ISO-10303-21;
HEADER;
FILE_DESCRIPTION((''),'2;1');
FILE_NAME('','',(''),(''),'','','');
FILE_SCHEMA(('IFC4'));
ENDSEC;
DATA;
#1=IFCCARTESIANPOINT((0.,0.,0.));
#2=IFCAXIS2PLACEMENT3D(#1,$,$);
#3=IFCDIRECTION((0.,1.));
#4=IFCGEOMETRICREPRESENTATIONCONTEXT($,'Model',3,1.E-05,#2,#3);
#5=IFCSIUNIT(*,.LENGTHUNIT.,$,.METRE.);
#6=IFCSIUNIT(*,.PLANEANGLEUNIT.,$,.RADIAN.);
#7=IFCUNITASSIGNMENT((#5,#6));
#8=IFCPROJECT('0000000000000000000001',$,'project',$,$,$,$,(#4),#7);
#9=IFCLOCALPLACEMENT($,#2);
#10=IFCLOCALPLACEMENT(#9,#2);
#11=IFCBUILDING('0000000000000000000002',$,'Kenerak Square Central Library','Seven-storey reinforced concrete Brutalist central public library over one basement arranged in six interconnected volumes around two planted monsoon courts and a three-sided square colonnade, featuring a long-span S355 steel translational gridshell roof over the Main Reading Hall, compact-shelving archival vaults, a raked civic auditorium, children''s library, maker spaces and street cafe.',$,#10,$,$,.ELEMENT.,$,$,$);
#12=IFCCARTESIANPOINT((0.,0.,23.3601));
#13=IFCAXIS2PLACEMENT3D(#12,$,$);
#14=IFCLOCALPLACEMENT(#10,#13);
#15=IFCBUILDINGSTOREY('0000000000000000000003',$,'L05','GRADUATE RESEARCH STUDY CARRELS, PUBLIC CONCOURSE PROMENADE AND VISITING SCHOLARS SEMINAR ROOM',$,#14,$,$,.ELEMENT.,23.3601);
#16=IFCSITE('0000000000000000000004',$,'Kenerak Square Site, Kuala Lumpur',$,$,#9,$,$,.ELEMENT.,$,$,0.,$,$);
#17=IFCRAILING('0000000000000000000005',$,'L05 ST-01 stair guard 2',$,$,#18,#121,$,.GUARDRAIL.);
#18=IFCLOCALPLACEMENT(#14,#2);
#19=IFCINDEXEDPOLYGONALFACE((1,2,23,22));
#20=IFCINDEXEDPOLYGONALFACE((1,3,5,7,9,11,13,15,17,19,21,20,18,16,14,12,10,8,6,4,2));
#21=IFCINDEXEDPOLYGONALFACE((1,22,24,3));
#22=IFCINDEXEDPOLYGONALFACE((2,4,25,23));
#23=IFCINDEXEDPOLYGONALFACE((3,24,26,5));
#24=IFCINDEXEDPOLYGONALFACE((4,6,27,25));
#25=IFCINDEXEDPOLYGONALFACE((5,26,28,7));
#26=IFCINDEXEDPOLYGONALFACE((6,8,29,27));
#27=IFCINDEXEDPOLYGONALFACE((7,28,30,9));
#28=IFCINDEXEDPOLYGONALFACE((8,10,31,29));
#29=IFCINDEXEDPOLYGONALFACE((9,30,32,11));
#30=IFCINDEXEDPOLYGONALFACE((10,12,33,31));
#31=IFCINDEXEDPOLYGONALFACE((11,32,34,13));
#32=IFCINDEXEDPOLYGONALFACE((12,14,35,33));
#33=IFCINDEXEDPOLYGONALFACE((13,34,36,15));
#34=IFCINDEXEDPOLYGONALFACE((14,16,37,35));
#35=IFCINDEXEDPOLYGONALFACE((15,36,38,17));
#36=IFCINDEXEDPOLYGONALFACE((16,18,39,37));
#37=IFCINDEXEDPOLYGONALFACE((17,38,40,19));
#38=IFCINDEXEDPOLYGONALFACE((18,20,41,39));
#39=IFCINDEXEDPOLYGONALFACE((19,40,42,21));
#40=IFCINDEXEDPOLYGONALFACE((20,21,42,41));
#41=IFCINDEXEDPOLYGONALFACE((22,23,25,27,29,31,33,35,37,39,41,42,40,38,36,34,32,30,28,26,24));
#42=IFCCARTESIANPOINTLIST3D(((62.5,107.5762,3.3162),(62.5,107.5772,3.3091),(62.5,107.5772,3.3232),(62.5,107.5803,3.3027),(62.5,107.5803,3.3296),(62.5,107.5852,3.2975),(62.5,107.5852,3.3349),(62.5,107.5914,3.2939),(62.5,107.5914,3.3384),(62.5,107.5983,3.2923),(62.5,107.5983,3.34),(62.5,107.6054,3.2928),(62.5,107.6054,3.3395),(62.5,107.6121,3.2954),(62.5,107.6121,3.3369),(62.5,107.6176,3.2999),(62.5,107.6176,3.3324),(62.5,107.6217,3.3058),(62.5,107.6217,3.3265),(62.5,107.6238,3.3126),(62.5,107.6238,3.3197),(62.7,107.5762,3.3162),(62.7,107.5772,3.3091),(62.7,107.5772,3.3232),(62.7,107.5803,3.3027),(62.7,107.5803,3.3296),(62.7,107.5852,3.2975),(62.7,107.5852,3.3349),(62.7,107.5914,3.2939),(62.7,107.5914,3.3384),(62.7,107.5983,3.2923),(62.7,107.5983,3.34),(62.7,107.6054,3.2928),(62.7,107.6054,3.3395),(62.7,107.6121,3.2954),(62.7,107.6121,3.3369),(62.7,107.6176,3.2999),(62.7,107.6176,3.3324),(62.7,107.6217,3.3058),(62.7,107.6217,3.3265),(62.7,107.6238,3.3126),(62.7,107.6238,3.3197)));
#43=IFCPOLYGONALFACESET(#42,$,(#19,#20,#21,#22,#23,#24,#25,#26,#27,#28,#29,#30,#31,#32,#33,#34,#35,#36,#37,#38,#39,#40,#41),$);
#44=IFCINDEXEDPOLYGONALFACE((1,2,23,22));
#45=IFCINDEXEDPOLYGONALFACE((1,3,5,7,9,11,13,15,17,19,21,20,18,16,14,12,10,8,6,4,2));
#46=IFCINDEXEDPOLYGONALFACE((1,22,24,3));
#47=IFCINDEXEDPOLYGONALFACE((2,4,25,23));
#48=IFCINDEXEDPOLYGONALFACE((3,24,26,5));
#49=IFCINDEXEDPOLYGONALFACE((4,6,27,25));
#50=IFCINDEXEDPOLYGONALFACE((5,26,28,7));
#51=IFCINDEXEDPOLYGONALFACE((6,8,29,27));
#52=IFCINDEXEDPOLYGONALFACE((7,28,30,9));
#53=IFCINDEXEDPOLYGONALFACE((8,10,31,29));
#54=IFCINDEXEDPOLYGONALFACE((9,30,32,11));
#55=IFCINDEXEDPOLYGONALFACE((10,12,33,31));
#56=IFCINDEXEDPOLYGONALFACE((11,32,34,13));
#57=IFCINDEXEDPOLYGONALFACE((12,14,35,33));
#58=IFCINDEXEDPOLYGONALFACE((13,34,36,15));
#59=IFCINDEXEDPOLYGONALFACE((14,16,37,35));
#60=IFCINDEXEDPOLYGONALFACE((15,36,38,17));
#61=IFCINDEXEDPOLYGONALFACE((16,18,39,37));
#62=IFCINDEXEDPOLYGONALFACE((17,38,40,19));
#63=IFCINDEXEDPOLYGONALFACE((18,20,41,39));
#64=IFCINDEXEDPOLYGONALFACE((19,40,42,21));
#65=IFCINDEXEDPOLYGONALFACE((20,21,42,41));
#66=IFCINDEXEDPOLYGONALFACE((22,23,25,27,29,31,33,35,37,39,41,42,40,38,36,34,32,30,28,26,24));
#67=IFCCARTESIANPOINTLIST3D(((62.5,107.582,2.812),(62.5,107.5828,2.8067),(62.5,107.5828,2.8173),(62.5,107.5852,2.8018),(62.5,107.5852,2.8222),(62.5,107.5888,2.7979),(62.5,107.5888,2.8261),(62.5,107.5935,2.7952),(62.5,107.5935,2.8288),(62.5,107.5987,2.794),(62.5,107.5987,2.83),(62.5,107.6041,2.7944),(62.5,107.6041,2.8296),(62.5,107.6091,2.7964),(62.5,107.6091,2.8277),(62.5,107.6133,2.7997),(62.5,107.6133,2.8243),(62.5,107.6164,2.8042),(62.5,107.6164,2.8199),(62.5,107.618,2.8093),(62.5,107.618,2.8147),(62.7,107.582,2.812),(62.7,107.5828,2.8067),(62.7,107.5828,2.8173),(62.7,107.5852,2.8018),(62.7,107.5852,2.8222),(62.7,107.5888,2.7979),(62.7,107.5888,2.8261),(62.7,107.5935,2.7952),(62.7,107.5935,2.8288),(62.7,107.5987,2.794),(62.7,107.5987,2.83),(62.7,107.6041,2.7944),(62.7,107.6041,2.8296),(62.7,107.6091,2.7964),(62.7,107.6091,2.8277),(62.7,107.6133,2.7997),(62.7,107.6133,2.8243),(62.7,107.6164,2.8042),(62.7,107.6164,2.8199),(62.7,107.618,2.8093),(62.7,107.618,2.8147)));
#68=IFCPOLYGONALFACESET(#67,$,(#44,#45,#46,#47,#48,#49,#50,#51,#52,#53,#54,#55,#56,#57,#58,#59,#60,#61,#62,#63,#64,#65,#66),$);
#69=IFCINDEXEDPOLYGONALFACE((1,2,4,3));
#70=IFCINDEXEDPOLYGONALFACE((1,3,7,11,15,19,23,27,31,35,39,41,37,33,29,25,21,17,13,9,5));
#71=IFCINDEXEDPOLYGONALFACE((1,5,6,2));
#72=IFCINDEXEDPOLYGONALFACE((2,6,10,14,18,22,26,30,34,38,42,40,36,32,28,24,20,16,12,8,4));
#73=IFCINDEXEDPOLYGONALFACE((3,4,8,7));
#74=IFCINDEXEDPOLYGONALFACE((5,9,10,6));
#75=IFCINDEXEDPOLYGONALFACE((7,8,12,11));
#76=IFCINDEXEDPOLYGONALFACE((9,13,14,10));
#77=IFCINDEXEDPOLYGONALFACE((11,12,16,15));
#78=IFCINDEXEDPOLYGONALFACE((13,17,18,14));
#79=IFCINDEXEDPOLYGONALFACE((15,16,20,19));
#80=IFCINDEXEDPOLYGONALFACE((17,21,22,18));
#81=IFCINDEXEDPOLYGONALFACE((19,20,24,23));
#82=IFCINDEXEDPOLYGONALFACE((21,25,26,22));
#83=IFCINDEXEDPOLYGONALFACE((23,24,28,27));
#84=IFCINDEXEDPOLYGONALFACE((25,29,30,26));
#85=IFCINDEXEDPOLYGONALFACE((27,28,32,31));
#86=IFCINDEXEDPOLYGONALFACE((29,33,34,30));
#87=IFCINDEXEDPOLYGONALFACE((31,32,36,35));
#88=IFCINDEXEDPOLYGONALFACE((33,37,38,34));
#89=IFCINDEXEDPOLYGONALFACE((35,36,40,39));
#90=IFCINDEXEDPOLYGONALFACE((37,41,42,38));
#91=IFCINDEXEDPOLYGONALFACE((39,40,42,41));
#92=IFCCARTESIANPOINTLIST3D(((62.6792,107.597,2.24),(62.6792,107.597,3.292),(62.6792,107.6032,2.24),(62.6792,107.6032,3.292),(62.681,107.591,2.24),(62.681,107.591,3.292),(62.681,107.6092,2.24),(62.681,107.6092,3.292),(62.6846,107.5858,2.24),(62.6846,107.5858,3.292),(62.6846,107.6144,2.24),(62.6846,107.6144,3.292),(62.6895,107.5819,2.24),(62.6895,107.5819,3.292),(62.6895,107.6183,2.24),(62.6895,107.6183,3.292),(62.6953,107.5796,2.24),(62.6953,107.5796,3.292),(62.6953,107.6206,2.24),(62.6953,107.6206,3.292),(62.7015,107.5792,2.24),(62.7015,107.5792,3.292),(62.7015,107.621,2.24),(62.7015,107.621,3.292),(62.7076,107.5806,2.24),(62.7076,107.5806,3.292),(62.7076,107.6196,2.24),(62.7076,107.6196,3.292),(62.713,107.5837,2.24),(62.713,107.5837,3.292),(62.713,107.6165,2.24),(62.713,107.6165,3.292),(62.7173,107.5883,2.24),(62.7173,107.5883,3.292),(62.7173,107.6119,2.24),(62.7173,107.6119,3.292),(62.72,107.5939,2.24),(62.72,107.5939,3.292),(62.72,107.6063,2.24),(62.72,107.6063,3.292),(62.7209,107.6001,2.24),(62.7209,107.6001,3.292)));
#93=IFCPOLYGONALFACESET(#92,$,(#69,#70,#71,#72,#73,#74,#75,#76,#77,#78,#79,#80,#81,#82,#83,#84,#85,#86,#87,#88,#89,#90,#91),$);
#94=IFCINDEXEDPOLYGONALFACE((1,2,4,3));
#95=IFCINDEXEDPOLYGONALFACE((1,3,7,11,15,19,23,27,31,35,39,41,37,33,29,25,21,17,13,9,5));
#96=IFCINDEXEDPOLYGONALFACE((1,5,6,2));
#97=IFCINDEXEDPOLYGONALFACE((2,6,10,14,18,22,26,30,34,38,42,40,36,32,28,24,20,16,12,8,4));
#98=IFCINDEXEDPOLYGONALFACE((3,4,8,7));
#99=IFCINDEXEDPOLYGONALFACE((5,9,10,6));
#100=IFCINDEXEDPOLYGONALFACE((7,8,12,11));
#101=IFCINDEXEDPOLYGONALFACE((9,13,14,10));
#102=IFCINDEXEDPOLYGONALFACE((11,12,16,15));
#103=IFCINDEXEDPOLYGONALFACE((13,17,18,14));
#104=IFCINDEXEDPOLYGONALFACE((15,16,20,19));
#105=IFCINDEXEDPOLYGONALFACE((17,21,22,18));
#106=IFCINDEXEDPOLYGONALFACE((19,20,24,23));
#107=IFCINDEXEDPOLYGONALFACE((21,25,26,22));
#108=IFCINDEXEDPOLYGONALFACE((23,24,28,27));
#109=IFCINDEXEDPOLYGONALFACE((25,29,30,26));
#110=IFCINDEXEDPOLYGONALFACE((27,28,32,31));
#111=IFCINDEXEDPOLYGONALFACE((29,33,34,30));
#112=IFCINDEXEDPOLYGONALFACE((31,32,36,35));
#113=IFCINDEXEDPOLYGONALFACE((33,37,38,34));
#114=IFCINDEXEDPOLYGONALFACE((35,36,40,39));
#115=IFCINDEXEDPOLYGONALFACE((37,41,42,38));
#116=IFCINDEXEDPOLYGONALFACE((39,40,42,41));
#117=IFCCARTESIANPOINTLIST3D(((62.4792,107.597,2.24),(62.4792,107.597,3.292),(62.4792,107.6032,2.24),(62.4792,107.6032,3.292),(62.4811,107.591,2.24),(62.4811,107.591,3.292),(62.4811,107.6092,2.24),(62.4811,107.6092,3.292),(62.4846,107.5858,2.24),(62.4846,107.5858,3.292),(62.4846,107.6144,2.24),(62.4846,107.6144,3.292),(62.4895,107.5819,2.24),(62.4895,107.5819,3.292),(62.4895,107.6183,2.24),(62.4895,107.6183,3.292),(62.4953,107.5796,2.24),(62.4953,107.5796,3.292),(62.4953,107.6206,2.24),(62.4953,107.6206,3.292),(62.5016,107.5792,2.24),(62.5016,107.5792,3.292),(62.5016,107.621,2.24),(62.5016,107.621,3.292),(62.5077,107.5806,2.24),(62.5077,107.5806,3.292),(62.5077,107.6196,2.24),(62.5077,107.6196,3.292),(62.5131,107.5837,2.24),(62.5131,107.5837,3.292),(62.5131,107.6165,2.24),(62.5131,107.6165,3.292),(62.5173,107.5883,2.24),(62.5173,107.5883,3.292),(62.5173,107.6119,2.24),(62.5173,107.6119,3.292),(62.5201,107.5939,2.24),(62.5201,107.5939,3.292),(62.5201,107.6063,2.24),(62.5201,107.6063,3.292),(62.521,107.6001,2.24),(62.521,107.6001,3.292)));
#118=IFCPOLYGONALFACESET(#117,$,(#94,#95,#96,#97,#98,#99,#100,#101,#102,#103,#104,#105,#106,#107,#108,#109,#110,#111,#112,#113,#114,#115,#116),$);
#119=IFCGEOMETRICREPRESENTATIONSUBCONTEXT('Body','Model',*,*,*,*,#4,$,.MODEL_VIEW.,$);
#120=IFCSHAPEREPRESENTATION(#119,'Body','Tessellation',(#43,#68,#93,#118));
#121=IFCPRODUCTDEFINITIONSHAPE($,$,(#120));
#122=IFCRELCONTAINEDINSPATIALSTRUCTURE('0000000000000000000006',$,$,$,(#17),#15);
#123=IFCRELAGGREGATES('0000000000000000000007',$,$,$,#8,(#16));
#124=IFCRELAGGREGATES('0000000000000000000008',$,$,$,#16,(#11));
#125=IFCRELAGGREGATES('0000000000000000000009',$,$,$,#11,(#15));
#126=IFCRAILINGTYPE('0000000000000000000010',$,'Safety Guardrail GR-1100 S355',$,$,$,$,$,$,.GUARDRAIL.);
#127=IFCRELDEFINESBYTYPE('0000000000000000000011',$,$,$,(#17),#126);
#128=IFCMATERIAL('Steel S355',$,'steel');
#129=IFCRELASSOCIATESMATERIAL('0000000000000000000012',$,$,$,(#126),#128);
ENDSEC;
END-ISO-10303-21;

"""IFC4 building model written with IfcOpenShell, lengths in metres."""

from ifc_helpers import new_model, si_unit, direction, frame, origin, origin_2d, place, context, subcontext, project, spatial, circle, extrude, material, type_object, element, save


model = new_model("IFC4")

# Units and contexts
model_context = context("Model", 3, precision=1e-05, world=origin(), true_north=direction((0.0, 1.0)))
body_context = subcontext(model_context, "Body", "Model", "MODEL_VIEW")
ifc_project = project(units=[si_unit("LENGTHUNIT", "METRE"), si_unit("PLANEANGLEUNIT", "RADIAN")], contexts=[model_context])

# Site, building, storey
site_placement = place(None, origin())
site = spatial("IfcSite", under=ifc_project, at=site_placement, Name="Kenerak Square Site, Kuala Lumpur", CompositionType="ELEMENT", RefElevation=0.0)
building_placement = place(site_placement, origin())
building = spatial("IfcBuilding", under=site, at=building_placement, Name="Kenerak Square Central Library", Description="Seven-storey reinforced concrete Brutalist central public library over one basement arranged in six interconnected volumes around two planted monsoon courts and a three-sided square colonnade, featuring a long-span S355 steel translational gridshell roof over the Main Reading Hall, compact-shelving archival vaults, a raked civic auditorium, children's library, maker spaces and street cafe.", CompositionType="ELEMENT")
storey_placement = place(building_placement, frame((0.0, 0.0, 23.3601)))
storey = spatial("IfcBuildingStorey", under=building, at=storey_placement, Name="L05", Description="GRADUATE RESEARCH STUDY CARRELS, PUBLIC CONCOURSE PROMENADE AND VISITING SCHOLARS SEMINAR ROOM", CompositionType="ELEMENT", Elevation=23.3601)

# Shared definitions
ifc_material_1 = material(Name="Steel S355", Category="steel")

# Railing
railing_type_1 = type_object("IfcRailingType", Name="Safety Guardrail GR-1100 S355", PredefinedType="GUARDRAIL", material=ifc_material_1)
railing_1_placement = place(storey_placement, frame((62.7, 107.6001, 2.24)))
element("IfcRailing", 1, at=railing_1_placement, inside=storey, type_object=railing_type_1, Name="L05 ST-01 stair guard 2", PredefinedType="GUARDRAIL", context=body_context, shape_type="SweptSolid", body=[
    extrude(circle(Radius=0.0239, at=origin_2d()), frame((0.0, 0.0, 1.0762), z_axis=(-1.0, 0.0, 0.0), x_axis=(0.0, -1.0, 0.0)), (0.0, 0.0, 1.0), 0.2),
    extrude(circle(Radius=0.0181, at=origin_2d()), frame((0.0, 0.0, 0.572), z_axis=(-1.0, 0.0, 0.0), x_axis=(0.0, -1.0, 0.0)), (0.0, 0.0, 1.0), 0.2),
    extrude(circle(Radius=0.021, at=origin_2d()), origin(), (0.0, 0.0, 1.0), 1.052),
    extrude(circle(Radius=0.021, at=origin_2d()), frame((-0.2, 0.0, 0.0)), (0.0, 0.0, 1.0), 1.052),
])

save(model, "model.ifc")
